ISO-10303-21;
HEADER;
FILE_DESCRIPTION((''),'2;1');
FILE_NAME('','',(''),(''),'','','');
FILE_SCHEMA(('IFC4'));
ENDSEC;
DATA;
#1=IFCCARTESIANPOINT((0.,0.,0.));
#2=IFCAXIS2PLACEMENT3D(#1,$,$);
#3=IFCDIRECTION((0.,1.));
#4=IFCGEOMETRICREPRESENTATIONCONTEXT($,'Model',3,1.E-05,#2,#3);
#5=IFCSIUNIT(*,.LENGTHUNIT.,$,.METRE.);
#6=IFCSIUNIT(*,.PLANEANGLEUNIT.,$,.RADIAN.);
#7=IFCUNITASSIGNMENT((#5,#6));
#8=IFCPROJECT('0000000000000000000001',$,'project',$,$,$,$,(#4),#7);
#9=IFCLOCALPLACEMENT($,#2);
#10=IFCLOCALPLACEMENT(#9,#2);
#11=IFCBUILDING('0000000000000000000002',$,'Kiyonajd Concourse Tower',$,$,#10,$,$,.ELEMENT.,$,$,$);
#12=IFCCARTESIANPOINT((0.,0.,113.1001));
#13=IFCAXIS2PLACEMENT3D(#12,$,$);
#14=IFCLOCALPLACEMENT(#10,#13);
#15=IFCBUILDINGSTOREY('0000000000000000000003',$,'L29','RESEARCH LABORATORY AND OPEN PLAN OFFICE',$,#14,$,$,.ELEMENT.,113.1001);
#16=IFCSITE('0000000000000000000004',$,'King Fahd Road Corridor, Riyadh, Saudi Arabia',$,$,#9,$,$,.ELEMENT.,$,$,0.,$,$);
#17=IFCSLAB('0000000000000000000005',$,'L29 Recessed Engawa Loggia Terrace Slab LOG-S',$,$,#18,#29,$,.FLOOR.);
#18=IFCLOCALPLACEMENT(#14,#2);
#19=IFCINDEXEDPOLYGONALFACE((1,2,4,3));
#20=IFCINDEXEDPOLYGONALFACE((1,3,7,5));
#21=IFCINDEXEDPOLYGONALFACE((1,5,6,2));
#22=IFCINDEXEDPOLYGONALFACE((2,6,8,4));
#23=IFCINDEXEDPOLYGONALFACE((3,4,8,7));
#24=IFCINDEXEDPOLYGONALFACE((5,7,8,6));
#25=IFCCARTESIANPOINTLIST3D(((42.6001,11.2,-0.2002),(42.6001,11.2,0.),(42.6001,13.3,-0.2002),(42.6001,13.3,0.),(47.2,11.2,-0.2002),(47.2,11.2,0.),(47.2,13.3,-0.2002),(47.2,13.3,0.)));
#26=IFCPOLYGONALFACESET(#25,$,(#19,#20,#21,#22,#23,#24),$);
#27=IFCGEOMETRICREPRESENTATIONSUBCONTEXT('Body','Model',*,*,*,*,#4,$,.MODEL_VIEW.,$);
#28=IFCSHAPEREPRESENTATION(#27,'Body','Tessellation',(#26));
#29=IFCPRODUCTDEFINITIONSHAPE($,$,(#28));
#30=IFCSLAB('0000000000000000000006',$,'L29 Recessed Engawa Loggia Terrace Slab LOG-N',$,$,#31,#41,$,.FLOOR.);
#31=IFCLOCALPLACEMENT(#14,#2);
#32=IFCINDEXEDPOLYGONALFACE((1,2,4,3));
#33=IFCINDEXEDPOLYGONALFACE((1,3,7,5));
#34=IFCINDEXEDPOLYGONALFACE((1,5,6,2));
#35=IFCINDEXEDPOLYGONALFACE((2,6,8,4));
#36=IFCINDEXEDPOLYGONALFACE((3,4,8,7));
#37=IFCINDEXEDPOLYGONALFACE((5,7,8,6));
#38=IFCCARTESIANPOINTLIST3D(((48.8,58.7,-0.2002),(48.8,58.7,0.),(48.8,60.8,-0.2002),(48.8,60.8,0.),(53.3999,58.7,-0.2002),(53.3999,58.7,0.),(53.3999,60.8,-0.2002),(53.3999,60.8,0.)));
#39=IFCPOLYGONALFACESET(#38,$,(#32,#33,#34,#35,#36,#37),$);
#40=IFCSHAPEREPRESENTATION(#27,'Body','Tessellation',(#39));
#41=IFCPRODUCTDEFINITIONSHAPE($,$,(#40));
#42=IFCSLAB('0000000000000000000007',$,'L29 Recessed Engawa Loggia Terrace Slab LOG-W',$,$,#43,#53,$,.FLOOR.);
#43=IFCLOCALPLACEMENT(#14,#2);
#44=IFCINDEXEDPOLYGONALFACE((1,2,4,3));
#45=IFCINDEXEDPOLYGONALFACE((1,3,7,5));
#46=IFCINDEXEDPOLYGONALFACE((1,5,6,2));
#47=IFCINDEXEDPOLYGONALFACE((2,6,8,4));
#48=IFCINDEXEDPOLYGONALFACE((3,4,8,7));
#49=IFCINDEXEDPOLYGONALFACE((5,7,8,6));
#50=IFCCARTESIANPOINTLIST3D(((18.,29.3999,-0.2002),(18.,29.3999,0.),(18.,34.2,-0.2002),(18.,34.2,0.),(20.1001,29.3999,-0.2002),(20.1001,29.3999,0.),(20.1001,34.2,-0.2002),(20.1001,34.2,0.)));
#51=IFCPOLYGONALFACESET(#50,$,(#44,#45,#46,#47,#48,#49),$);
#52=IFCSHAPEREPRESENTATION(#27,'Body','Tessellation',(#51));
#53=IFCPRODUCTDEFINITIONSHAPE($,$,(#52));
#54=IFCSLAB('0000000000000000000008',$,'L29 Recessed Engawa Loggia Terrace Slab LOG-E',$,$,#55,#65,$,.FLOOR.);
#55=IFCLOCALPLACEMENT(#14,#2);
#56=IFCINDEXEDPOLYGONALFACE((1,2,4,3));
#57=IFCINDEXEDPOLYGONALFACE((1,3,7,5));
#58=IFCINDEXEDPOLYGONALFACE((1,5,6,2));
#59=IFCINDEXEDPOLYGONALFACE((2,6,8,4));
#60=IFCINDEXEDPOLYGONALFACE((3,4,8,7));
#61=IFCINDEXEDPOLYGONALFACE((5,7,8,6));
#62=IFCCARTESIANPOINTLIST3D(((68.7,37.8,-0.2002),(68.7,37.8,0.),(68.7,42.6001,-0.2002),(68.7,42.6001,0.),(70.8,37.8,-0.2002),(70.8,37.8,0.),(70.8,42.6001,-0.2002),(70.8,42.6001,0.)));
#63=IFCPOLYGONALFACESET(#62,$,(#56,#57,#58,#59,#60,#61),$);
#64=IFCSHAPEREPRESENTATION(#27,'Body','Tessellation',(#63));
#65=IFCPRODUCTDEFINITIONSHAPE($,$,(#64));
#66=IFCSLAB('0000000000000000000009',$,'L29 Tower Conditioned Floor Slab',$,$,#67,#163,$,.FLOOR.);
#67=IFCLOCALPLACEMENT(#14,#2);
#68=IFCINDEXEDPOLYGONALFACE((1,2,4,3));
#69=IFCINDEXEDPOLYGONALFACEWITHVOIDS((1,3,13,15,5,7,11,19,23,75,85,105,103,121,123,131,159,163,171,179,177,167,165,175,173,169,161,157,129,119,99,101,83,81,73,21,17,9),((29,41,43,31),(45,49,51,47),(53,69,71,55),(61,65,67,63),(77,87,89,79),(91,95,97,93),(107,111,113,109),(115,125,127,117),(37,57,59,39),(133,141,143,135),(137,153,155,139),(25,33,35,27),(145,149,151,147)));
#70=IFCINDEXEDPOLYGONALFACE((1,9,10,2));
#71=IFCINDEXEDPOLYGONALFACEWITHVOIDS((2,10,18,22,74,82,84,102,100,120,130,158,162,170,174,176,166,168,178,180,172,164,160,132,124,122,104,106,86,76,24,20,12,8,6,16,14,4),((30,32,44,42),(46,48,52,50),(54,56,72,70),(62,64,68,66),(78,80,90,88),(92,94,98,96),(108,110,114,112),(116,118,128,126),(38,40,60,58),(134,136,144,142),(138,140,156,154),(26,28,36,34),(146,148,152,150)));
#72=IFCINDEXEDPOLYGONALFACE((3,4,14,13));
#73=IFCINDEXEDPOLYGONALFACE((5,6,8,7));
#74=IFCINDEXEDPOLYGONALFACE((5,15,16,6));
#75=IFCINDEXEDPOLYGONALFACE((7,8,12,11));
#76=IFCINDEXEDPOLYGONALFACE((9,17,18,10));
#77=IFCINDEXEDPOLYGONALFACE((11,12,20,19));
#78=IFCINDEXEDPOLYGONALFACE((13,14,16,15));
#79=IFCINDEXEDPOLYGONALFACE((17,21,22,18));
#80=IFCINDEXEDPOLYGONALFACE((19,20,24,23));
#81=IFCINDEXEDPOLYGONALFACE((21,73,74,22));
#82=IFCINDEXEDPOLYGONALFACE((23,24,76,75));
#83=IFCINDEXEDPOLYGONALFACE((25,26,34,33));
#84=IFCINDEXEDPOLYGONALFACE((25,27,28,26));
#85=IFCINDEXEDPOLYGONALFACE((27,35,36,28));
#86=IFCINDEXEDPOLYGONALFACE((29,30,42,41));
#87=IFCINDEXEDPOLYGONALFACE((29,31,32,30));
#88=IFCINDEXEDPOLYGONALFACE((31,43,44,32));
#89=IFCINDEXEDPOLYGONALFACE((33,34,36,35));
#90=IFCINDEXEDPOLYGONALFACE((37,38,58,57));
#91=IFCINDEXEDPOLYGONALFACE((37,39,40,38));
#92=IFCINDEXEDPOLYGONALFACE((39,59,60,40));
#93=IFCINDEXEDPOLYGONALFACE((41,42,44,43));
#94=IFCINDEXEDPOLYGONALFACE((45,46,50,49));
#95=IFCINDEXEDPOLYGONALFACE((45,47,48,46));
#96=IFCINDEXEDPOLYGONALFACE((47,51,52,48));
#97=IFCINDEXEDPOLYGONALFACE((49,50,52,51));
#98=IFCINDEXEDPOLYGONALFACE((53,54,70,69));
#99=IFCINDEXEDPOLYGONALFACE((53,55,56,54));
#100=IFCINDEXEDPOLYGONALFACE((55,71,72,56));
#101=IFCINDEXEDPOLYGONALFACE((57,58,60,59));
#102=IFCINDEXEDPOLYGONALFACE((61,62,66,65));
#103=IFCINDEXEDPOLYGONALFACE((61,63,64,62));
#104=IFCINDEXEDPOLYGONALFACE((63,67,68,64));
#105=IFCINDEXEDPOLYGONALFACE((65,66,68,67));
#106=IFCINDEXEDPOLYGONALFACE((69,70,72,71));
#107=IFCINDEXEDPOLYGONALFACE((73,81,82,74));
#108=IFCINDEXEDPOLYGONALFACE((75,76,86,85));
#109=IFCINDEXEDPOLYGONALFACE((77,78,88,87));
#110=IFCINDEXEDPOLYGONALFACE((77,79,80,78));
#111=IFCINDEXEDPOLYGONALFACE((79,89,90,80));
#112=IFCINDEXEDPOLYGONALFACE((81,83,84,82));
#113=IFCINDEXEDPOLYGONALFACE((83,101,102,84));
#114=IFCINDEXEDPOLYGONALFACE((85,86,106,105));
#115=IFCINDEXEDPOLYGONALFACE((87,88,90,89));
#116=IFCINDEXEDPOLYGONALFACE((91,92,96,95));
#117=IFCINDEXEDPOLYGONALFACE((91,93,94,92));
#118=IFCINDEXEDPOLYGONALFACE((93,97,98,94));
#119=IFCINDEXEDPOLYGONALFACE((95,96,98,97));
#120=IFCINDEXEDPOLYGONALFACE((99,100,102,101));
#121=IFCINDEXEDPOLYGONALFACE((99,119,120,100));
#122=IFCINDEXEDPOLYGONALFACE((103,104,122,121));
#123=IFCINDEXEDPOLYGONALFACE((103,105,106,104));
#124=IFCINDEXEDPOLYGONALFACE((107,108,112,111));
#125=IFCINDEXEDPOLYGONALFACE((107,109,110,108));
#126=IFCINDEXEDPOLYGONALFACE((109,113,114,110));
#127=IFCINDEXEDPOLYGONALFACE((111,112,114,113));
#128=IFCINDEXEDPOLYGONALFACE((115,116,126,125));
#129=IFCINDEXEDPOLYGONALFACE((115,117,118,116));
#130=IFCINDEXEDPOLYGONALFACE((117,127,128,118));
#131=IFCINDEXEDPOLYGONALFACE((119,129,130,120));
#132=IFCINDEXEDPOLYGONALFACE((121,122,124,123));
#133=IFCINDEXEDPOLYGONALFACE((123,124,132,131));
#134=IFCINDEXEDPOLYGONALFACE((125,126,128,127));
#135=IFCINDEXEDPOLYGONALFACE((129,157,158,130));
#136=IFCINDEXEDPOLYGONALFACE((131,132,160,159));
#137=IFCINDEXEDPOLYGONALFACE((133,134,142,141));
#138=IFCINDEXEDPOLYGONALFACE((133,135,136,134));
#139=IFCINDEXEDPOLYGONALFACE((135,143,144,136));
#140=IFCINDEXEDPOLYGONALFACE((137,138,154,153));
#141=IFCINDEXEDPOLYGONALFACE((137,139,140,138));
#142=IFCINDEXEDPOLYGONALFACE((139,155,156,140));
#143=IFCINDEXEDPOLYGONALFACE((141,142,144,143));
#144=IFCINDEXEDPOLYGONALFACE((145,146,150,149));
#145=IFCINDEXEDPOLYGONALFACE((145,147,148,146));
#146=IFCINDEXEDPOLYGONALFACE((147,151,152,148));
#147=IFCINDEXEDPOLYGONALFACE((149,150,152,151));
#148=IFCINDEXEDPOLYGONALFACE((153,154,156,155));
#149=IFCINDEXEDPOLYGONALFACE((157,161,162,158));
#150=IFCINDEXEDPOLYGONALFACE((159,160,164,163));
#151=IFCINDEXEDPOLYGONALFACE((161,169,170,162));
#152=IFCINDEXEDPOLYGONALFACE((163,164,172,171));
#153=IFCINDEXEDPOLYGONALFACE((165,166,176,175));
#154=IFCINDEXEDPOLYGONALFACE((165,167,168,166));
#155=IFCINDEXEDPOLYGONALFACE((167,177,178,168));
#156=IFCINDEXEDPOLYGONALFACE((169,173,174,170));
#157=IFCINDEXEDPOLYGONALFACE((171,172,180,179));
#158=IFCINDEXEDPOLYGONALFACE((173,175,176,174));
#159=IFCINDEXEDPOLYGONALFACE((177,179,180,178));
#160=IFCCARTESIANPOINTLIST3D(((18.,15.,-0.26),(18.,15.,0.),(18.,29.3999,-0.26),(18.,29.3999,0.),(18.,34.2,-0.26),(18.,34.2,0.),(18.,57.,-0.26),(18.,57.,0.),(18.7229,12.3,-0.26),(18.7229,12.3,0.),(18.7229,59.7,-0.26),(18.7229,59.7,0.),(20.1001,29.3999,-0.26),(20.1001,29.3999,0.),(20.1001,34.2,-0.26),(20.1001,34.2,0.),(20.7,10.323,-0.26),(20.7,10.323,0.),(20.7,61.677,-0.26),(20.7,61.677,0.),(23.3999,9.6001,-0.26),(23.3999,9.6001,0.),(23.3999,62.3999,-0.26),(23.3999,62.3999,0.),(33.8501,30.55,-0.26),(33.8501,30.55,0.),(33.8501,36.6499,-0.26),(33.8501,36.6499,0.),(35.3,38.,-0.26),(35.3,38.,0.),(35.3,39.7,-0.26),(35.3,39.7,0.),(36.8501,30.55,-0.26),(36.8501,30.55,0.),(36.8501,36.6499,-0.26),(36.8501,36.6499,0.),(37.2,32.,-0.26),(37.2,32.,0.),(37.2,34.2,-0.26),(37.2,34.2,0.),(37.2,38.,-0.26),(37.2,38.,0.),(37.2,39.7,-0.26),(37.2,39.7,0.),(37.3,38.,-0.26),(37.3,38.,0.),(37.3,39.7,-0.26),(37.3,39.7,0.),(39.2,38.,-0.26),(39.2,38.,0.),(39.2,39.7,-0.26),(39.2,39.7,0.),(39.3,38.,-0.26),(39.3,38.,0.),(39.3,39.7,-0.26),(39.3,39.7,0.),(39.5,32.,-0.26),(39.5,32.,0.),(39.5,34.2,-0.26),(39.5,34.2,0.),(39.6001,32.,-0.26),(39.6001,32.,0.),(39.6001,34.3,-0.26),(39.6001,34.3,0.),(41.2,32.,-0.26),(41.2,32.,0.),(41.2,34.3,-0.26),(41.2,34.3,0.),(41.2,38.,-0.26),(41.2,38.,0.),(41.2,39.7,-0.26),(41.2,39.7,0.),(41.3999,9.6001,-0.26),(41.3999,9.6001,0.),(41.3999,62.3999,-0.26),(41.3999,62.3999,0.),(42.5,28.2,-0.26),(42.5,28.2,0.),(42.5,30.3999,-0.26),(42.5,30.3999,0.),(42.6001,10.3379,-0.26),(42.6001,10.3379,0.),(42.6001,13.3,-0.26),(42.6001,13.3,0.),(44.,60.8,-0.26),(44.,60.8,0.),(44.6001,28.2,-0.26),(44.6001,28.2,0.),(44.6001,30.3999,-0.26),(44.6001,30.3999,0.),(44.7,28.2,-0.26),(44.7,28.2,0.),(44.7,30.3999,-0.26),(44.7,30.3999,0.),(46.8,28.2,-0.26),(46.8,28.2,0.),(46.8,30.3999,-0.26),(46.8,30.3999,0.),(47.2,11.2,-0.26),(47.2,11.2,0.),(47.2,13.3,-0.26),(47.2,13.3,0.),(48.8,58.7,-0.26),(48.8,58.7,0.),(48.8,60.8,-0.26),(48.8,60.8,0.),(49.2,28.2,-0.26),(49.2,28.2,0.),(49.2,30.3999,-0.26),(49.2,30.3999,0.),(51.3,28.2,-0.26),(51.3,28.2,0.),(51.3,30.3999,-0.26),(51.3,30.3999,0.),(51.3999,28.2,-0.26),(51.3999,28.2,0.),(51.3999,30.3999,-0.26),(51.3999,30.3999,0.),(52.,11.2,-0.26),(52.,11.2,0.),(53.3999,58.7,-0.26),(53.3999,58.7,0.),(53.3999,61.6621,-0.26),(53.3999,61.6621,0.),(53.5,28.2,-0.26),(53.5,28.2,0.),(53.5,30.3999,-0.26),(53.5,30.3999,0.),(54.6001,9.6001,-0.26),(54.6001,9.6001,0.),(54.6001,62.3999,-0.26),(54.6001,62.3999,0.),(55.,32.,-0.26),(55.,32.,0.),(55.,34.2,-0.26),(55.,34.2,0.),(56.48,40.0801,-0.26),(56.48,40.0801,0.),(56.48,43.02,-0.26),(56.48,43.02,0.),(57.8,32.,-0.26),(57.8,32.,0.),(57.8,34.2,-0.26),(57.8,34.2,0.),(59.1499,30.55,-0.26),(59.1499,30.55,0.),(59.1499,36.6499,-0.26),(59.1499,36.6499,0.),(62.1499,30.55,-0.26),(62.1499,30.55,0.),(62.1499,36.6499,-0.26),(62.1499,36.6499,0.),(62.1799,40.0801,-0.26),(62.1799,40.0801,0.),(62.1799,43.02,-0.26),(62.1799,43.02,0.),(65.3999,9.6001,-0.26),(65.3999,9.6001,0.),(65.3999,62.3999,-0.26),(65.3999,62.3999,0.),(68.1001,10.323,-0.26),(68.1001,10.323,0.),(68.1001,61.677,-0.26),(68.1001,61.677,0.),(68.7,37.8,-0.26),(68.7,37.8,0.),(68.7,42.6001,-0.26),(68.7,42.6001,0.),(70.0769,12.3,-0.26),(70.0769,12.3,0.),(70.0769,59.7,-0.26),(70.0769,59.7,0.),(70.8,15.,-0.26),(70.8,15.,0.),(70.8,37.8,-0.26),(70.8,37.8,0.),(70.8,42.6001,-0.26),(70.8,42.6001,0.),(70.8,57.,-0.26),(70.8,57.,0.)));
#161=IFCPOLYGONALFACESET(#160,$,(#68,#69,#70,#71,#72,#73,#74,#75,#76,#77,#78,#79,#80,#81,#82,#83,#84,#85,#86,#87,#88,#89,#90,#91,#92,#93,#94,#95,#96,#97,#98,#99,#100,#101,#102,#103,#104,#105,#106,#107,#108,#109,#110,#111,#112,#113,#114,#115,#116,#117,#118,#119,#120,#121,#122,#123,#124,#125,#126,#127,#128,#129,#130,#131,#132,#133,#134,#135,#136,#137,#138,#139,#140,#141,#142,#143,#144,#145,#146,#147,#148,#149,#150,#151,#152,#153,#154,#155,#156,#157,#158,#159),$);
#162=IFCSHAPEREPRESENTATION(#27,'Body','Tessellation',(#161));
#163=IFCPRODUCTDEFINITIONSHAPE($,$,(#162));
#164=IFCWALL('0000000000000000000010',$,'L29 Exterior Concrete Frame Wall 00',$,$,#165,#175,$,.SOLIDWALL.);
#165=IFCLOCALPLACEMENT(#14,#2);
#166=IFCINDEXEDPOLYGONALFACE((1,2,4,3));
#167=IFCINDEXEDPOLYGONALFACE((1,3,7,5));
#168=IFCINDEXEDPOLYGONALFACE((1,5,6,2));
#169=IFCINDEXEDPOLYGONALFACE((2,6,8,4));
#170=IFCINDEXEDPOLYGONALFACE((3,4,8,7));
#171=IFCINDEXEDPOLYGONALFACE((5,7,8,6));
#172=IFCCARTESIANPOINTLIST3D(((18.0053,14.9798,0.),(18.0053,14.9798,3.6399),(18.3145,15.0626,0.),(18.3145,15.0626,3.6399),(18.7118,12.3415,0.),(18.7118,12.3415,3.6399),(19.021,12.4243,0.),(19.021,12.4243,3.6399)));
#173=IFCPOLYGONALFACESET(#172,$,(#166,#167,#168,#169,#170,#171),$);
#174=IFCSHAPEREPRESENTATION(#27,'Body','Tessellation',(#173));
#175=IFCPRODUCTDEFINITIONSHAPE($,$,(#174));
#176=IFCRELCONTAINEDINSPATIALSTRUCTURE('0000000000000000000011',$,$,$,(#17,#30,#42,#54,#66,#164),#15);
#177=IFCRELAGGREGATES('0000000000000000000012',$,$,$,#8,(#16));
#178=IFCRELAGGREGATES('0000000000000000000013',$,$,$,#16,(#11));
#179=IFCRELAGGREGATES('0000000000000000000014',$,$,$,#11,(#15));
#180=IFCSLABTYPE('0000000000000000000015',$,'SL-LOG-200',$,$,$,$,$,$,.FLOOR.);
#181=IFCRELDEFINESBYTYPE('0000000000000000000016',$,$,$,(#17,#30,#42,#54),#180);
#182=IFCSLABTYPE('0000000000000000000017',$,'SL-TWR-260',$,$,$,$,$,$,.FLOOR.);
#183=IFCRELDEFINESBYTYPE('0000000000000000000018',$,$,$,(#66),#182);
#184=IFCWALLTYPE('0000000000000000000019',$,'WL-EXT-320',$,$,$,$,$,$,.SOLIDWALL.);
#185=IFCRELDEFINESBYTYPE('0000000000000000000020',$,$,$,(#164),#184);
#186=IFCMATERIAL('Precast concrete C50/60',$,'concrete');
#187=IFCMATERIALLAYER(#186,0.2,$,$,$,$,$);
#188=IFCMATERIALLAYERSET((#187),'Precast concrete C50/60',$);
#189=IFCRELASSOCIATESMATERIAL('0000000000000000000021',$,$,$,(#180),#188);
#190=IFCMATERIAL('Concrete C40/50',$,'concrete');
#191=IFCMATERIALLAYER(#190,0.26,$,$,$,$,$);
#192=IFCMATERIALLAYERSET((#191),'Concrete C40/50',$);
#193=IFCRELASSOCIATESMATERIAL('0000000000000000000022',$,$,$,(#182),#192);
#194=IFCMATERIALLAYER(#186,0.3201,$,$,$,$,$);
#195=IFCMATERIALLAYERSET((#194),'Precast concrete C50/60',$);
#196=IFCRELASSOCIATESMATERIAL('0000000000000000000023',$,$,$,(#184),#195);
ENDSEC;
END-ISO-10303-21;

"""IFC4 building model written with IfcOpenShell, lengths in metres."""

from ifc_helpers import new_model, si_unit, direction, frame, frame_2d, origin, place, context, subcontext, project, spatial, polyline, rectangle, outline, extrude, material, layer, layer_set, type_object, element, save


model = new_model("IFC4")

# Units and contexts
model_context = context("Model", 3, precision=1e-05, world=origin(), true_north=direction((0.0, 1.0)))
body_context = subcontext(model_context, "Body", "Model", "MODEL_VIEW")
ifc_project = project(units=[si_unit("LENGTHUNIT", "METRE"), si_unit("PLANEANGLEUNIT", "RADIAN")], contexts=[model_context])

# Site, building, storey
site_placement = place(None, origin())
site = spatial("IfcSite", under=ifc_project, at=site_placement, Name="King Fahd Road Corridor, Riyadh, Saudi Arabia", CompositionType="ELEMENT", RefElevation=0.0)
building_placement = place(site_placement, origin())
building = spatial("IfcBuilding", under=site, at=building_placement, Name="Kiyonajd Concourse Tower", CompositionType="ELEMENT")
storey_placement = place(building_placement, frame((0.0, 0.0, 113.1001)))
storey = spatial("IfcBuildingStorey", under=building, at=storey_placement, Name="L29", Description="RESEARCH LABORATORY AND OPEN PLAN OFFICE", CompositionType="ELEMENT", Elevation=113.1001)

# Shared definitions
ifc_material_1 = material(Name="Precast concrete C50/60", Category="concrete")

# Shared definitions
ifc_material_2 = material(Name="Concrete C40/50", Category="concrete")

# Slabs
ifc_layer_1 = layer(ifc_material_1, 0.2)
ifc_layer_set_1 = layer_set([ifc_layer_1], Name="Precast concrete C50/60")
slab_type_1 = type_object("IfcSlabType", Name="SL-LOG-200", PredefinedType="FLOOR", material=ifc_layer_set_1)
slab_1_placement = place(storey_placement, frame((0.0, 0.0, -0.2002)))
element("IfcSlab", 1, at=slab_1_placement, inside=storey, type_object=slab_type_1, Name="L29 Recessed Engawa Loggia Terrace Slab LOG-S", PredefinedType="FLOOR", context=body_context, shape_type="SweptSolid", body=[
    extrude(outline(polyline([(42.6001, 11.2), (47.2, 11.2), (47.2, 13.3), (42.6001, 13.3), (42.6001, 11.2)])), origin(), (0.0, 0.0, 1.0), 0.2002),
])
slab_2_placement = place(storey_placement, frame((0.0, 0.0, -0.2002)))
element("IfcSlab", 2, at=slab_2_placement, inside=storey, type_object=slab_type_1, Name="L29 Recessed Engawa Loggia Terrace Slab LOG-N", PredefinedType="FLOOR", context=body_context, shape_type="SweptSolid", body=[
    extrude(outline(polyline([(48.8, 58.7), (53.3999, 58.7), (53.3999, 60.8), (48.8, 60.8), (48.8, 58.7)])), origin(), (0.0, 0.0, 1.0), 0.2002),
])
slab_3_placement = place(storey_placement, frame((0.0, 0.0, -0.2002)))
element("IfcSlab", 3, at=slab_3_placement, inside=storey, type_object=slab_type_1, Name="L29 Recessed Engawa Loggia Terrace Slab LOG-W", PredefinedType="FLOOR", context=body_context, shape_type="SweptSolid", body=[
    extrude(outline(polyline([(18.0, 29.3999), (20.1001, 29.3999), (20.1001, 34.2), (18.0, 34.2), (18.0, 29.3999)])), origin(), (0.0, 0.0, 1.0), 0.2002),
])
slab_4_placement = place(storey_placement, frame((0.0, 0.0, -0.2002)))
element("IfcSlab", 4, at=slab_4_placement, inside=storey, type_object=slab_type_1, Name="L29 Recessed Engawa Loggia Terrace Slab LOG-E", PredefinedType="FLOOR", context=body_context, shape_type="SweptSolid", body=[
    extrude(outline(polyline([(68.7, 37.8), (70.8, 37.8), (70.8, 42.6001), (68.7, 42.6001), (68.7, 37.8)])), origin(), (0.0, 0.0, 1.0), 0.2002),
])
ifc_layer_2 = layer(ifc_material_2, 0.26)
ifc_layer_set_2 = layer_set([ifc_layer_2], Name="Concrete C40/50")
slab_type_2 = type_object("IfcSlabType", Name="SL-TWR-260", PredefinedType="FLOOR", material=ifc_layer_set_2)
slab_5_placement = place(storey_placement, frame((0.0, 0.0, -0.26)))
element("IfcSlab", 5, at=slab_5_placement, inside=storey, type_object=slab_type_2, Name="L29 Tower Conditioned Floor Slab", PredefinedType="FLOOR", context=body_context, shape_type="SweptSolid", body=[
    extrude(outline(polyline([(18.7229, 12.3), (18.0, 15.0), (18.0, 29.3999), (20.1001, 29.3999), (20.1001, 34.2), (18.0, 34.2), (18.0, 57.0), (18.7229, 59.7), (20.7, 61.677), (23.3999, 62.3999), (41.3999, 62.3999), (44.0, 60.8), (48.8, 60.8), (48.8, 58.7), (53.3999, 58.7), (53.3999, 61.6621), (54.6001, 62.3999), (65.3999, 62.3999), (68.1001, 61.677), (70.0769, 59.7), (70.8, 57.0), (70.8, 42.6001), (68.7, 42.6001), (68.7, 37.8), (70.8, 37.8), (70.8, 15.0), (70.0769, 12.3), (68.1001, 10.323), (65.3999, 9.6001), (54.6001, 9.6001), (52.0, 11.2), (47.2, 11.2), (47.2, 13.3), (42.6001, 13.3), (42.6001, 10.3379), (41.3999, 9.6001), (23.3999, 9.6001), (20.7, 10.323), (18.7229, 12.3)]), holes=[polyline([(44.6001, 28.2), (42.5, 28.2), (42.5, 30.3999), (44.6001, 30.3999), (44.6001, 28.2)]), polyline([(37.2, 32.0), (37.2, 34.2), (39.5, 34.2), (39.5, 32.0), (37.2, 32.0)]), polyline([(39.6001, 32.0), (39.6001, 34.3), (41.2, 34.3), (41.2, 32.0), (39.6001, 32.0)]), polyline([(36.8501, 30.55), (33.8501, 30.55), (33.8501, 36.6499), (36.8501, 36.6499), (36.8501, 30.55)]), polyline([(35.3, 38.0), (35.3, 39.7), (37.2, 39.7), (37.2, 38.0), (35.3, 38.0)]), polyline([(37.3, 38.0), (37.3, 39.7), (39.2, 39.7), (39.2, 38.0), (37.3, 38.0)]), polyline([(41.2, 38.0), (39.3, 38.0), (39.3, 39.7), (41.2, 39.7), (41.2, 38.0)]), polyline([(44.7, 28.2), (44.7, 30.3999), (46.8, 30.3999), (46.8, 28.2), (44.7, 28.2)]), polyline([(49.2, 28.2), (49.2, 30.3999), (51.3, 30.3999), (51.3, 28.2), (49.2, 28.2)]), polyline([(51.3999, 28.2), (51.3999, 30.3999), (53.5, 30.3999), (53.5, 28.2), (51.3999, 28.2)]), polyline([(55.0, 32.0), (55.0, 34.2), (57.8, 34.2), (57.8, 32.0), (55.0, 32.0)]), polyline([(59.1499, 30.55), (59.1499, 36.6499), (62.1499, 36.6499), (62.1499, 30.55), (59.1499, 30.55)]), polyline([(56.48, 43.02), (62.1799, 43.02), (62.1799, 40.0801), (56.48, 40.0801), (56.48, 43.02)])]), origin(), (0.0, 0.0, 1.0), 0.26),
])

# Wall
ifc_layer_3 = layer(ifc_material_1, 0.3201)
ifc_layer_set_3 = layer_set([ifc_layer_3], Name="Precast concrete C50/60")
wall_type_1 = type_object("IfcWallType", Name="WL-EXT-320", PredefinedType="SOLIDWALL", material=ifc_layer_set_3)
wall_1_placement = place(storey_placement, frame((18.8665, 12.3828, 0.0), z_axis=(0.0, 0.0, 1.0), x_axis=(-0.258697, 0.965958, 0.0)))
element("IfcWall", 6, at=wall_1_placement, inside=storey, type_object=wall_type_1, Name="L29 Exterior Concrete Frame Wall 00", PredefinedType="SOLIDWALL", context=body_context, shape_type="SweptSolid", body=[
    extrude(rectangle(XDim=2.7312, YDim=0.3201, at=frame_2d((1.3657, 0.0))), origin(), (0.0, 0.0, 1.0), 3.6399),
])

save(model, "model.ifc")
